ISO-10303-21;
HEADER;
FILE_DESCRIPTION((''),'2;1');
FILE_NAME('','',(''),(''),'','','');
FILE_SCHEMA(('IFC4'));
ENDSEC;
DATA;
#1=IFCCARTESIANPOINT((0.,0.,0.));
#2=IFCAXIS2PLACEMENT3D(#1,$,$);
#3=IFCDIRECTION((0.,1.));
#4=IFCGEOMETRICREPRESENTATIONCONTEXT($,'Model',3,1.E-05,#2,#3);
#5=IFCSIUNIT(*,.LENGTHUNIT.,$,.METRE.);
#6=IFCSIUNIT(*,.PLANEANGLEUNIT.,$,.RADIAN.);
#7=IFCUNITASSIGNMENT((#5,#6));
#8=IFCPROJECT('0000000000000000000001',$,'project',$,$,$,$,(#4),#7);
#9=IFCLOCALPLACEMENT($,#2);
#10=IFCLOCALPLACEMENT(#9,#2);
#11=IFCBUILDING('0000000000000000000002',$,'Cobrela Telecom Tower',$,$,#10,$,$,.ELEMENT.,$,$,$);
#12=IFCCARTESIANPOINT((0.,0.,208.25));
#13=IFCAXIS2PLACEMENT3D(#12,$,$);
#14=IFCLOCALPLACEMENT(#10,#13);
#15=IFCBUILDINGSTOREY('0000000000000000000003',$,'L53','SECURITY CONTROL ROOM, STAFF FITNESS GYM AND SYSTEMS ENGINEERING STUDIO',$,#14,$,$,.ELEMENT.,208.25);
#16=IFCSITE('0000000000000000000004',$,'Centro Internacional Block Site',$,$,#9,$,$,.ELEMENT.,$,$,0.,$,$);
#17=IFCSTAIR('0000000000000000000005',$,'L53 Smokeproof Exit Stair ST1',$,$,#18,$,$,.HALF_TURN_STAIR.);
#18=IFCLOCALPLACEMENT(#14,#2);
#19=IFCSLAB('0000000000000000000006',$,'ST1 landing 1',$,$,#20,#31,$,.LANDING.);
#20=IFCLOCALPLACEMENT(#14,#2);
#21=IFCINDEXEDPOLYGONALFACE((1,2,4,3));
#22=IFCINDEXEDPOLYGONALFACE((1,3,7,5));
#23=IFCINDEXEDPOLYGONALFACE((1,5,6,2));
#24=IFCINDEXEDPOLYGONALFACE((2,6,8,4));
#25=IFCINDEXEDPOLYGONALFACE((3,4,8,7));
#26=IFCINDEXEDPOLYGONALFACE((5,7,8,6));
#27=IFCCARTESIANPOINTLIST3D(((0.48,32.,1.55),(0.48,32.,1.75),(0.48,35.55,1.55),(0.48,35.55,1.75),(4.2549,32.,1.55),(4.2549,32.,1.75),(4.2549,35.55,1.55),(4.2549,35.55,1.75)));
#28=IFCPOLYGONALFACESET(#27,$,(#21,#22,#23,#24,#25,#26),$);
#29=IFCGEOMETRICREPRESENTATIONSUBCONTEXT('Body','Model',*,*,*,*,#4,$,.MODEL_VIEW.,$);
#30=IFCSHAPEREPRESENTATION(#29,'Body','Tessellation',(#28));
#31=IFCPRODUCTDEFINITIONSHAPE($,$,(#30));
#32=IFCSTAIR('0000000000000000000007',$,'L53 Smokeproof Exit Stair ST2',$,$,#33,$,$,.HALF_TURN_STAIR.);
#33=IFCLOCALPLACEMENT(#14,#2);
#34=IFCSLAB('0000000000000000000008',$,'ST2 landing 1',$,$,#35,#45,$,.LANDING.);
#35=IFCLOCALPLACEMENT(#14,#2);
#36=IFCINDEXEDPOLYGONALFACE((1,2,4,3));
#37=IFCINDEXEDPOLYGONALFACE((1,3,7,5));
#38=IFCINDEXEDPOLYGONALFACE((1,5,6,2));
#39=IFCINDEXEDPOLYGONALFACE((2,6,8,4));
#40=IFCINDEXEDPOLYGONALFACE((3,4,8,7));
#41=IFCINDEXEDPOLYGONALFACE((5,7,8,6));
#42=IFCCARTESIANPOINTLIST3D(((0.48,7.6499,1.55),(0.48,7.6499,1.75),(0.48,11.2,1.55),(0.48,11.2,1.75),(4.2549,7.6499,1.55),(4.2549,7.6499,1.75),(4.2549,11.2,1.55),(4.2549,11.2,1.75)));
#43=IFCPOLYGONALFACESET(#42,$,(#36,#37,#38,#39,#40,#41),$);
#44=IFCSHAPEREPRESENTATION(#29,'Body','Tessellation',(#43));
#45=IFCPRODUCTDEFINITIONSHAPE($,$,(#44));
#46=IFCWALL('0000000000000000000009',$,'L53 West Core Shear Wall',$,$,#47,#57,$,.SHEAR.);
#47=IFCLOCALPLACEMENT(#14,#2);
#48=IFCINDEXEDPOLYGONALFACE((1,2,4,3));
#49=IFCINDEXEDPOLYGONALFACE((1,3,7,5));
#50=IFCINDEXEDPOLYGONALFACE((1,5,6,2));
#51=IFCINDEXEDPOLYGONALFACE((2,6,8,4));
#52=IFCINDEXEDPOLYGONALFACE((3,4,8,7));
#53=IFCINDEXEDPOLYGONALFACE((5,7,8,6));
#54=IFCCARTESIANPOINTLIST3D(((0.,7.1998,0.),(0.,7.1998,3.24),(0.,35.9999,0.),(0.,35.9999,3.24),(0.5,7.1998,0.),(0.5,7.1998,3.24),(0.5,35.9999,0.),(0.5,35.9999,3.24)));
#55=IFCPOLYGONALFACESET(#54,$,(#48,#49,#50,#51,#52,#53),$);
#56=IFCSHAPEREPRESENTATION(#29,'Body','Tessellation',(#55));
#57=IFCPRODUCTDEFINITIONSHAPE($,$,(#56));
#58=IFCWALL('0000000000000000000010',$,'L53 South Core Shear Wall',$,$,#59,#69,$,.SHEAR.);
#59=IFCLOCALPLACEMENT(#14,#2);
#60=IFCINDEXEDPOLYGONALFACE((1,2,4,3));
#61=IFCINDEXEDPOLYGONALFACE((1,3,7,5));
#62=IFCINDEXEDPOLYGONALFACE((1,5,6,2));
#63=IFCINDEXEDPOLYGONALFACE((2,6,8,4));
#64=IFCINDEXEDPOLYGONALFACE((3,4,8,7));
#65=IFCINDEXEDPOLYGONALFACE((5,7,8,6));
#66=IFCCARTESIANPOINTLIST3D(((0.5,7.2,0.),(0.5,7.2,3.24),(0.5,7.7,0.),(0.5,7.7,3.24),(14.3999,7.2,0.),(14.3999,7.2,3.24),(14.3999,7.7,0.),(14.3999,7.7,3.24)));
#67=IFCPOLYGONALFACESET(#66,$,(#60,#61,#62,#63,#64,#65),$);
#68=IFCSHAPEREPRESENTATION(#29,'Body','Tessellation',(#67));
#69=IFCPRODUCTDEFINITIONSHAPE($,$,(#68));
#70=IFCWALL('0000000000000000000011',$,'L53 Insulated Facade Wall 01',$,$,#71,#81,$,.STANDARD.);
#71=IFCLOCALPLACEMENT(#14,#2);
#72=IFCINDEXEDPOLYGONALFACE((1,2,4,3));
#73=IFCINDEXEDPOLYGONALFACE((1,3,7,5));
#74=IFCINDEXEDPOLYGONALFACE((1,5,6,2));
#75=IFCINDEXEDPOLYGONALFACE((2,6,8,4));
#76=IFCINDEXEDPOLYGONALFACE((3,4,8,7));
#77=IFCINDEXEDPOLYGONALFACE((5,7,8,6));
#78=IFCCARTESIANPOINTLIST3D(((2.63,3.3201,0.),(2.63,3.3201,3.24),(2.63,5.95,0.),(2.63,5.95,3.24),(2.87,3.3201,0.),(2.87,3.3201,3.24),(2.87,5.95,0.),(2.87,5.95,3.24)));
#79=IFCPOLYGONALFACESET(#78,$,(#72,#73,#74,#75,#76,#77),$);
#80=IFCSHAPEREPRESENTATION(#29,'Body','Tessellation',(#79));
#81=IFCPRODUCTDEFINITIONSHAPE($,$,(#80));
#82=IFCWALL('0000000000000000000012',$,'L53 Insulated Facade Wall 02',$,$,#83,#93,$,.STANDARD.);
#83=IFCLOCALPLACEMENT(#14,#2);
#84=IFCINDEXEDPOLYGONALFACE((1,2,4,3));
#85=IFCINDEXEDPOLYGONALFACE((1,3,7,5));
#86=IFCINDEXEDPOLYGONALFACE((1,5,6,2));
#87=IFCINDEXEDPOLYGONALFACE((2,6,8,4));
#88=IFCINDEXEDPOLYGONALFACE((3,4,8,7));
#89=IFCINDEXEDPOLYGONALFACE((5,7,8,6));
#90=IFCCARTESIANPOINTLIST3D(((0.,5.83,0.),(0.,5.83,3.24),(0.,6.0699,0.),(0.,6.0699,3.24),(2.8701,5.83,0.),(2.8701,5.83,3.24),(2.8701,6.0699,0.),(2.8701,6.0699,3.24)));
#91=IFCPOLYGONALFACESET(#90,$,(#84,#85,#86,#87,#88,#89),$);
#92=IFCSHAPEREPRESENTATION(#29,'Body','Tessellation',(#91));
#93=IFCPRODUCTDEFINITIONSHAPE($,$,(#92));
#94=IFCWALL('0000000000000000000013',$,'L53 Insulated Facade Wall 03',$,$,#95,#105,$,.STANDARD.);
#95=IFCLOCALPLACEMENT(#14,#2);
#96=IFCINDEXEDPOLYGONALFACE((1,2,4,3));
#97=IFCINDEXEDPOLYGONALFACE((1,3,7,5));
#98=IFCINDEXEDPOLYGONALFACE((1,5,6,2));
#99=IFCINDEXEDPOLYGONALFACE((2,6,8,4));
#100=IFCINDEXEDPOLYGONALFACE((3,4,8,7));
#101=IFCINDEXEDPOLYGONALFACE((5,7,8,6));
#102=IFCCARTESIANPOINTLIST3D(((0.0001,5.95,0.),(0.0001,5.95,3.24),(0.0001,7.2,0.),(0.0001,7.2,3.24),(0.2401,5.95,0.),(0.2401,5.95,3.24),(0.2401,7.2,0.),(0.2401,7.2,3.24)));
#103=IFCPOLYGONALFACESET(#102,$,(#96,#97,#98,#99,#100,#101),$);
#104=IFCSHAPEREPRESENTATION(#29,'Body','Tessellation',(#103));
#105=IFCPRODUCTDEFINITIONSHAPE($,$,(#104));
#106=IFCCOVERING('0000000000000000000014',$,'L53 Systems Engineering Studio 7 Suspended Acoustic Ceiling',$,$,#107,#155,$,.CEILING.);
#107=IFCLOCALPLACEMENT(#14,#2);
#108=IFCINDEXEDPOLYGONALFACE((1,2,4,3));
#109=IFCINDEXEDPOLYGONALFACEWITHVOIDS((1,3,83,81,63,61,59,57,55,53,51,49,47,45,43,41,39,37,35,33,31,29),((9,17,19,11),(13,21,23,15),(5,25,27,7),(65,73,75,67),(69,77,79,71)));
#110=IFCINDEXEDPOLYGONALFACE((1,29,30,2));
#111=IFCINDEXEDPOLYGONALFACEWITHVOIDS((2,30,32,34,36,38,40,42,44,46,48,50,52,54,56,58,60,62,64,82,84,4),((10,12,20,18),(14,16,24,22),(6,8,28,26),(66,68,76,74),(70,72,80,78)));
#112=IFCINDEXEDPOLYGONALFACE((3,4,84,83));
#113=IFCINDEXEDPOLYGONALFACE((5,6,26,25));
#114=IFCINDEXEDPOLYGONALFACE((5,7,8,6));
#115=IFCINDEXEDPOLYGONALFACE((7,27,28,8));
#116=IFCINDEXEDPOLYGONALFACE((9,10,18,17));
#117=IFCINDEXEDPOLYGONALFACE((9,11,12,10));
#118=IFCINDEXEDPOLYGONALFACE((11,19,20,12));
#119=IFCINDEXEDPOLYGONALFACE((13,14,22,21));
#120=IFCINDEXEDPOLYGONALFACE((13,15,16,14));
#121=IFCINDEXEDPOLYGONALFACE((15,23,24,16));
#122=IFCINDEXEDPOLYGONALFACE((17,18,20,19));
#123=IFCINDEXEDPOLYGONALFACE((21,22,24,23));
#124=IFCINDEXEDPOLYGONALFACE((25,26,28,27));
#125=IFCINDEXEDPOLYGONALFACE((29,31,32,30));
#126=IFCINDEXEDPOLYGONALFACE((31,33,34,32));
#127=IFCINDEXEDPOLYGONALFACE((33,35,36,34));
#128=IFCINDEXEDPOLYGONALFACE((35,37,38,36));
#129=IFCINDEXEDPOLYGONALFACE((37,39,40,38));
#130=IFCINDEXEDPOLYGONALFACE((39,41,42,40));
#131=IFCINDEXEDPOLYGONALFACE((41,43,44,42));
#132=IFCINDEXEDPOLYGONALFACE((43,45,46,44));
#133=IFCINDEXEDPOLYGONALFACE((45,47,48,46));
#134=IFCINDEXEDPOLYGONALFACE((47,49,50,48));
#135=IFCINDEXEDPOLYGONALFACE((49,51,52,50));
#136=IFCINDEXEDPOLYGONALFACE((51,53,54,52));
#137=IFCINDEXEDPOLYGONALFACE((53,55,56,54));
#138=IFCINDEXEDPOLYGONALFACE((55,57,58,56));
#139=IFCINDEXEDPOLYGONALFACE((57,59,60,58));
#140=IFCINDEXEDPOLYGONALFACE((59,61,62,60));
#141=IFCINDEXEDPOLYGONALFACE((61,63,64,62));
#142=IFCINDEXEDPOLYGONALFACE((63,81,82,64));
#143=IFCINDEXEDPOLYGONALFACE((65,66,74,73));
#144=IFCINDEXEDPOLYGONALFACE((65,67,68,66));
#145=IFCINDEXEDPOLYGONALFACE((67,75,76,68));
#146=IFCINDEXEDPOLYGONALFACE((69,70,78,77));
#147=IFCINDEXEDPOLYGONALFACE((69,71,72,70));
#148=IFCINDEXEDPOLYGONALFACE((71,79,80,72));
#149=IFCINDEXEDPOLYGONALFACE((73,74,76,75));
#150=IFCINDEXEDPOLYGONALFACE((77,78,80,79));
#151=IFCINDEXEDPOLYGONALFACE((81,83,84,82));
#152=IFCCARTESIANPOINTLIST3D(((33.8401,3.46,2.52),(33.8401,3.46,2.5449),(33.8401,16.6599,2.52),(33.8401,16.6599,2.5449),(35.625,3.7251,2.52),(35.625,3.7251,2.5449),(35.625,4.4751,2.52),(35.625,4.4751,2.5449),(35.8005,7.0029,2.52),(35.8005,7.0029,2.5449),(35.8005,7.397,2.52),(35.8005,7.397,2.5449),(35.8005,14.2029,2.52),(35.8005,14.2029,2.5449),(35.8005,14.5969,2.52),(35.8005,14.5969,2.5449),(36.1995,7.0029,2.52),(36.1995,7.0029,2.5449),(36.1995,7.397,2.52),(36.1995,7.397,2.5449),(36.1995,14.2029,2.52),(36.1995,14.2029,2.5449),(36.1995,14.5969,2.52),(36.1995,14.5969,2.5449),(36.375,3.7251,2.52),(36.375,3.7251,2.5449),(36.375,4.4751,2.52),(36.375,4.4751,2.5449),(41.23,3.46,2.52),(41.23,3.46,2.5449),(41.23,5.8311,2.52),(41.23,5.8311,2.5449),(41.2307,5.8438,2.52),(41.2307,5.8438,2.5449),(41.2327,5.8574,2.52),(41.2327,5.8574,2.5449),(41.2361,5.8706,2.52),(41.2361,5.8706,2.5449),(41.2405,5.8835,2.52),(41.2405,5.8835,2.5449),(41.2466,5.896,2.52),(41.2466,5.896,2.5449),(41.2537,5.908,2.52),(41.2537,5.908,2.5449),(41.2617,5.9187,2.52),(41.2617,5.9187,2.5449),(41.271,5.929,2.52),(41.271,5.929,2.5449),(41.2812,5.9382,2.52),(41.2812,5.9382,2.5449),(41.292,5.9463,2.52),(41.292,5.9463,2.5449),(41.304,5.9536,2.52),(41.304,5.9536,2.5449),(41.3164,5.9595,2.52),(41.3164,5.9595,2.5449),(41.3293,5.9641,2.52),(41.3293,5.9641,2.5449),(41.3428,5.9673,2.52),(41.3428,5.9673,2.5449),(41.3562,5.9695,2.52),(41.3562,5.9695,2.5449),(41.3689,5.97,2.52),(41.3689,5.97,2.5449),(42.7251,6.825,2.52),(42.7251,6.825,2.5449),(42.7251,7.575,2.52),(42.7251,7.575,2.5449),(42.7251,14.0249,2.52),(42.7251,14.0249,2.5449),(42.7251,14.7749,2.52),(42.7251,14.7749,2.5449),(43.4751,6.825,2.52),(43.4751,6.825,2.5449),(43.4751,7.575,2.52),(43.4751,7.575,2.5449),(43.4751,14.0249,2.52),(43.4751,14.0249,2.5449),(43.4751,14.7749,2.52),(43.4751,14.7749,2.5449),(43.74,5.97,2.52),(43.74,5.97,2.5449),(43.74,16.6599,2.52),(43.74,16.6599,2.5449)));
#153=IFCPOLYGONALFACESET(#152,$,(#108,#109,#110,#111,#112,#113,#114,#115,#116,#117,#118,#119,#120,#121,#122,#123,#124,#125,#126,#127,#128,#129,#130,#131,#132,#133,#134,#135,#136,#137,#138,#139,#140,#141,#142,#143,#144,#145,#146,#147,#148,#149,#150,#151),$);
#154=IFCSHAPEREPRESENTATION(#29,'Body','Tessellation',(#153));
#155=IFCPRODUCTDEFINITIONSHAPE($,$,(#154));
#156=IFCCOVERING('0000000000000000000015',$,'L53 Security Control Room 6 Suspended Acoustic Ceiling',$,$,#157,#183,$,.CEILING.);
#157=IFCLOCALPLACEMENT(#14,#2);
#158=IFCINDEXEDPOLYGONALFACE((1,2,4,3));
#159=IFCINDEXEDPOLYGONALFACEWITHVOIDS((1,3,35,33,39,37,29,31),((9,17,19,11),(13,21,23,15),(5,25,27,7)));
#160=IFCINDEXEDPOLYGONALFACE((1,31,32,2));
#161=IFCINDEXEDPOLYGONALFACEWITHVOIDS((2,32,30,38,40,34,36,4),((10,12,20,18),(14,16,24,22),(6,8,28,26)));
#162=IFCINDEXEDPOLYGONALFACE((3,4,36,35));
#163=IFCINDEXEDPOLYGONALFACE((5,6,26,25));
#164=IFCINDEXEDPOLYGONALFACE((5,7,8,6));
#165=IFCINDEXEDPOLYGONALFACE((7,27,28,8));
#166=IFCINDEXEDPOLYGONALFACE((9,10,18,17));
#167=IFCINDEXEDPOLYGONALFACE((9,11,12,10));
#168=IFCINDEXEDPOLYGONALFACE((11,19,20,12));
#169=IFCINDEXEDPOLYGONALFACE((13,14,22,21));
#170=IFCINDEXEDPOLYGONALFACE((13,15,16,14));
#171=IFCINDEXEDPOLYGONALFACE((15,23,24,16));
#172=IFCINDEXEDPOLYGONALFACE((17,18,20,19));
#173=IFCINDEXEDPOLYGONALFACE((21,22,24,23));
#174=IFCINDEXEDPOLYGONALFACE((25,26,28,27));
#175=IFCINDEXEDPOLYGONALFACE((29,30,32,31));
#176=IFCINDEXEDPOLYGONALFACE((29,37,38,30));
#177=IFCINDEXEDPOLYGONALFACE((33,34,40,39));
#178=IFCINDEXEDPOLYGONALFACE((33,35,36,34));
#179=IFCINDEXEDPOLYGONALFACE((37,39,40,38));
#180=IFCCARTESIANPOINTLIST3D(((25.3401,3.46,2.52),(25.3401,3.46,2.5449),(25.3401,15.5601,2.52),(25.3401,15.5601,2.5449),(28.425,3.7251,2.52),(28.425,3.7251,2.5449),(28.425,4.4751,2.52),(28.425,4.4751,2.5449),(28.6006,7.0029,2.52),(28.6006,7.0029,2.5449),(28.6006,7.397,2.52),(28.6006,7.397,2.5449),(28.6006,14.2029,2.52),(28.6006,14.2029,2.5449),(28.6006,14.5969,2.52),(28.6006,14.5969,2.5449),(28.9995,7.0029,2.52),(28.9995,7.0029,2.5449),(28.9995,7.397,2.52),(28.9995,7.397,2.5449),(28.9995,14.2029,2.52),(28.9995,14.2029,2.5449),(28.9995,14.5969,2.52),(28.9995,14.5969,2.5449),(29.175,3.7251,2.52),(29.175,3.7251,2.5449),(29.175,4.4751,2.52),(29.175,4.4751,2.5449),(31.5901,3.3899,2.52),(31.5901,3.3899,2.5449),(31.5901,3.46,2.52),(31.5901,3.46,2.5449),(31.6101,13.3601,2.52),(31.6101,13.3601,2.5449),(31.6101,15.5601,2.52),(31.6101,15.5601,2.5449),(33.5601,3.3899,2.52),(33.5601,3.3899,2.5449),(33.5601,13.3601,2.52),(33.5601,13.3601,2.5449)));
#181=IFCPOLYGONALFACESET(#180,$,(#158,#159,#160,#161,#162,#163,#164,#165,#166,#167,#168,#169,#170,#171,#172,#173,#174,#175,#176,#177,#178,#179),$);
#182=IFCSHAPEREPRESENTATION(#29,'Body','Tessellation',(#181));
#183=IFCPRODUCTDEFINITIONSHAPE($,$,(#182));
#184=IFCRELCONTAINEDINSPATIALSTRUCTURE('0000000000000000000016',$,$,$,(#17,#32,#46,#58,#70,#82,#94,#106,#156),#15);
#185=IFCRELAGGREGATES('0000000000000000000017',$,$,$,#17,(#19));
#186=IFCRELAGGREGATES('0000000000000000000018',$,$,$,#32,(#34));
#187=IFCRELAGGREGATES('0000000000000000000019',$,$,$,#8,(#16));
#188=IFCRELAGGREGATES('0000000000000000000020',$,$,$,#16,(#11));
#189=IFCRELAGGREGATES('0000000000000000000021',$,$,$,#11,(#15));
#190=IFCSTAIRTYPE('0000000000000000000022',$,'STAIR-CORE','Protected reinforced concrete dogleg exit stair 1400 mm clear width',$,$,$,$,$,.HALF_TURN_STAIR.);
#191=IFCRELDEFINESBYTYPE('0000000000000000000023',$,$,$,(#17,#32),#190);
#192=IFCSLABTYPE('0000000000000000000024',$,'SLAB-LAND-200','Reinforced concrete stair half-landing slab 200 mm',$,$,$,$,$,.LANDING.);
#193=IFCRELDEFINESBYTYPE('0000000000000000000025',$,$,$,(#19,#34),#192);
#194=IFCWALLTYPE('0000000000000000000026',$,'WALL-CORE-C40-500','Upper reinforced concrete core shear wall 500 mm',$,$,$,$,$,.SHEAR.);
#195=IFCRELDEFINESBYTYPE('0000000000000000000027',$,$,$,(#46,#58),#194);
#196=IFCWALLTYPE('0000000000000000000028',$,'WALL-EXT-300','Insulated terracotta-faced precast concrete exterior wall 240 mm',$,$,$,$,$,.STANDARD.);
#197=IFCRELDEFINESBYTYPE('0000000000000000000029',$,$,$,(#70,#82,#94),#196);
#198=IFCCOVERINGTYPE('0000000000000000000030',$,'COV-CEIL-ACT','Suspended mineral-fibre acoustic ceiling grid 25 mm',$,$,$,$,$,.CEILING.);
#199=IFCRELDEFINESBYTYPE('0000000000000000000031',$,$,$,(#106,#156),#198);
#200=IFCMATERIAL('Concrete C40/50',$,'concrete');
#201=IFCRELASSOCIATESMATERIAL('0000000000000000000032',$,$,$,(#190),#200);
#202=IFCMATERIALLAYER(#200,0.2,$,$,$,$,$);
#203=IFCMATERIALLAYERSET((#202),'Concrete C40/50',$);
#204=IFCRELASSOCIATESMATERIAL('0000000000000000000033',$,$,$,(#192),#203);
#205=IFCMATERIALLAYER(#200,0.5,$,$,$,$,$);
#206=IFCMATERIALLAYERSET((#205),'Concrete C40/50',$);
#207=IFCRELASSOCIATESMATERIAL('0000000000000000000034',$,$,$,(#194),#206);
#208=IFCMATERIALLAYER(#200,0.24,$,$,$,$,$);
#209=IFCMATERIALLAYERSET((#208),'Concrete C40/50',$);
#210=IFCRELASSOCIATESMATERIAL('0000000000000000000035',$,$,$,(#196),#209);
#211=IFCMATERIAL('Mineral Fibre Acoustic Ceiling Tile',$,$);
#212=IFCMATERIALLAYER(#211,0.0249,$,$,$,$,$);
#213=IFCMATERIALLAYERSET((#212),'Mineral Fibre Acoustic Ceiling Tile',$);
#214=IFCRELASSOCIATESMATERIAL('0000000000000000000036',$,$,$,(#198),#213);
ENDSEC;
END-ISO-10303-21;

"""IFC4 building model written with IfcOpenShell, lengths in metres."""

from ifc_helpers import new_model, si_unit, direction, frame, frame_2d, origin, place, context, subcontext, project, spatial, polyline, rectangle, outline, extrude, material, layer, layer_set, type_object, element, aggregate, save


model = new_model("IFC4")

# Units and contexts
model_context = context("Model", 3, precision=1e-05, world=origin(), true_north=direction((0.0, 1.0)))
body_context = subcontext(model_context, "Body", "Model", "MODEL_VIEW")
ifc_project = project(units=[si_unit("LENGTHUNIT", "METRE"), si_unit("PLANEANGLEUNIT", "RADIAN")], contexts=[model_context])

# Site, building, storey
site_placement = place(None, origin())
site = spatial("IfcSite", under=ifc_project, at=site_placement, Name="Centro Internacional Block Site", CompositionType="ELEMENT", RefElevation=0.0)
building_placement = place(site_placement, origin())
building = spatial("IfcBuilding", under=site, at=building_placement, Name="Cobrela Telecom Tower", CompositionType="ELEMENT")
storey_placement = place(building_placement, frame((0.0, 0.0, 208.25)))
storey = spatial("IfcBuildingStorey", under=building, at=storey_placement, Name="L53", Description="SECURITY CONTROL ROOM, STAFF FITNESS GYM AND SYSTEMS ENGINEERING STUDIO", CompositionType="ELEMENT", Elevation=208.25)

# Shared definitions
ifc_material_1 = material(Name="Concrete C40/50", Category="concrete")

# Stairs, slabs
stair_type = type_object("IfcStairType", Name="STAIR-CORE", Description="Protected reinforced concrete dogleg exit stair 1400 mm clear width", PredefinedType="HALF_TURN_STAIR", material=ifc_material_1)
stair_1_placement = place(storey_placement, origin())
stair_1 = element("IfcStair", 1, at=stair_1_placement, inside=storey, type_object=stair_type, Name="L53 Smokeproof Exit Stair ST1", PredefinedType="HALF_TURN_STAIR")
ifc_layer_1 = layer(ifc_material_1, 0.2)
ifc_layer_set_1 = layer_set([ifc_layer_1], Name="Concrete C40/50")
slab_type_1 = type_object("IfcSlabType", Name="SLAB-LAND-200", Description="Reinforced concrete stair half-landing slab 200 mm", PredefinedType="LANDING", material=ifc_layer_set_1)
slab_1_placement = place(storey_placement, frame((0.0, 0.0, 1.55)))
slab_1 = element("IfcSlab", 2, at=slab_1_placement, type_object=slab_type_1, Name="ST1 landing 1", PredefinedType="LANDING", context=body_context, shape_type="SweptSolid", body=[
    extrude(outline(polyline([(4.2549, 35.55), (0.48, 35.55), (0.48, 32.0), (4.2549, 32.0), (4.2549, 35.55)])), origin(), (0.0, 0.0, 1.0), 0.2),
])
aggregate(stair_1, [slab_1])
stair_2_placement = place(storey_placement, origin())
stair_2 = element("IfcStair", 3, at=stair_2_placement, inside=storey, type_object=stair_type, Name="L53 Smokeproof Exit Stair ST2", PredefinedType="HALF_TURN_STAIR")
slab_2_placement = place(storey_placement, frame((0.0, 0.0, 1.55)))
slab_2 = element("IfcSlab", 4, at=slab_2_placement, type_object=slab_type_1, Name="ST2 landing 1", PredefinedType="LANDING", context=body_context, shape_type="SweptSolid", body=[
    extrude(outline(polyline([(4.2549, 11.2), (0.48, 11.2), (0.48, 7.6499), (4.2549, 7.6499), (4.2549, 11.2)])), origin(), (0.0, 0.0, 1.0), 0.2),
])
aggregate(stair_2, [slab_2])

# Walls
ifc_layer_2 = layer(ifc_material_1, 0.5)
ifc_layer_set_2 = layer_set([ifc_layer_2], Name="Concrete C40/50")
wall_type_1 = type_object("IfcWallType", Name="WALL-CORE-C40-500", Description="Upper reinforced concrete core shear wall 500 mm", PredefinedType="SHEAR", material=ifc_layer_set_2)
wall_1_placement = place(storey_placement, frame((0.25, 7.2, 0.0), z_axis=(0.0, 0.0, 1.0), x_axis=(0.0, 1.0, 0.0)))
element("IfcWall", 5, at=wall_1_placement, inside=storey, type_object=wall_type_1, Name="L53 West Core Shear Wall", PredefinedType="SHEAR", context=body_context, shape_type="SweptSolid", body=[
    extrude(rectangle(XDim=28.8, YDim=0.5, at=frame_2d((14.3999, 0.0))), origin(), (0.0, 0.0, 1.0), 3.24),
])
wall_2_placement = place(storey_placement, frame((0.5, 7.45, 0.0), z_axis=(0.0, 0.0, 1.0), x_axis=(1.0, 0.0, 0.0)))
element("IfcWall", 6, at=wall_2_placement, inside=storey, type_object=wall_type_1, Name="L53 South Core Shear Wall", PredefinedType="SHEAR", context=body_context, shape_type="SweptSolid", body=[
    extrude(rectangle(XDim=13.8999, YDim=0.5, at=frame_2d((6.95, 0.0))), origin(), (0.0, 0.0, 1.0), 3.24),
])
ifc_layer_3 = layer(ifc_material_1, 0.24)
ifc_layer_set_3 = layer_set([ifc_layer_3], Name="Concrete C40/50")
wall_type_2 = type_object("IfcWallType", Name="WALL-EXT-300", Description="Insulated terracotta-faced precast concrete exterior wall 240 mm", PredefinedType="STANDARD", material=ifc_layer_set_3)
wall_3_placement = place(storey_placement, frame((2.75, 3.3201, 0.0), z_axis=(0.0, 0.0, 1.0), x_axis=(0.0, 1.0, 0.0)))
element("IfcWall", 7, at=wall_3_placement, inside=storey, type_object=wall_type_2, Name="L53 Insulated Facade Wall 01", PredefinedType="STANDARD", context=body_context, shape_type="SweptSolid", body=[
    extrude(rectangle(XDim=2.6299, YDim=0.24, at=frame_2d((1.3149, 0.0))), origin(), (0.0, 0.0, 1.0), 3.24),
])
wall_4_placement = place(storey_placement, frame((2.8701, 5.95, 0.0), z_axis=(0.0, 0.0, 1.0), x_axis=(-1.0, 0.0, 0.0)))
element("IfcWall", 8, at=wall_4_placement, inside=storey, type_object=wall_type_2, Name="L53 Insulated Facade Wall 02", PredefinedType="STANDARD", context=body_context, shape_type="SweptSolid", body=[
    extrude(rectangle(XDim=2.8701, YDim=0.24, at=frame_2d((1.4351, 0.0))), origin(), (0.0, 0.0, 1.0), 3.24),
])
wall_5_placement = place(storey_placement, frame((0.1201, 5.95, 0.0), z_axis=(0.0, 0.0, 1.0), x_axis=(0.0, 1.0, 0.0)))
element("IfcWall", 9, at=wall_5_placement, inside=storey, type_object=wall_type_2, Name="L53 Insulated Facade Wall 03", PredefinedType="STANDARD", context=body_context, shape_type="SweptSolid", body=[
    extrude(rectangle(XDim=1.25, YDim=0.24, at=frame_2d((0.625, 0.0))), origin(), (0.0, 0.0, 1.0), 3.24),
])

# Coverings
ifc_material_2 = material(Name="Mineral Fibre Acoustic Ceiling Tile")
ifc_layer_4 = layer(ifc_material_2, 0.0249)
ifc_layer_set_4 = layer_set([ifc_layer_4], Name="Mineral Fibre Acoustic Ceiling Tile")
covering_type_1 = type_object("IfcCoveringType", Name="COV-CEIL-ACT", Description="Suspended mineral-fibre acoustic ceiling grid 25 mm", PredefinedType="CEILING", material=ifc_layer_set_4)
covering_1_placement = place(storey_placement, frame((0.0, 0.0, 2.52)))
element("IfcCovering", 10, at=covering_1_placement, inside=storey, type_object=covering_type_1, Name="L53 Systems Engineering Studio 7 Suspended Acoustic Ceiling", PredefinedType="CEILING", context=body_context, shape_type="SweptSolid", body=[
    extrude(outline(polyline([(43.74, 5.97), (41.3689, 5.97), (41.3562, 5.9695), (41.3428, 5.9673), (41.3293, 5.9641), (41.3164, 5.9595), (41.304, 5.9536), (41.292, 5.9463), (41.2812, 5.9382), (41.271, 5.929), (41.2617, 5.9187), (41.2537, 5.908), (41.2466, 5.896), (41.2405, 5.8835), (41.2361, 5.8706), (41.2327, 5.8574), (41.2307, 5.8438), (41.23, 5.8311), (41.23, 3.46), (33.8401, 3.46), (33.8401, 16.6599), (43.74, 16.6599), (43.74, 5.97)]), holes=[polyline([(36.375, 4.4751), (35.625, 4.4751), (35.625, 3.7251), (36.375, 3.7251), (36.375, 4.4751)]), polyline([(36.1995, 7.0029), (36.1995, 7.397), (35.8005, 7.397), (35.8005, 7.0029), (36.1995, 7.0029)]), polyline([(43.4751, 6.825), (43.4751, 7.575), (42.7251, 7.575), (42.7251, 6.825), (43.4751, 6.825)]), polyline([(36.1995, 14.2029), (36.1995, 14.5969), (35.8005, 14.5969), (35.8005, 14.2029), (36.1995, 14.2029)]), polyline([(43.4751, 14.0249), (43.4751, 14.7749), (42.7251, 14.7749), (42.7251, 14.0249), (43.4751, 14.0249)])]), origin(), (0.0, 0.0, 1.0), 0.0249),
])
covering_2_placement = place(storey_placement, frame((0.0, 0.0, 2.52)))
element("IfcCovering", 11, at=covering_2_placement, inside=storey, type_object=covering_type_1, Name="L53 Security Control Room 6 Suspended Acoustic Ceiling", PredefinedType="CEILING", context=body_context, shape_type="SweptSolid", body=[
    extrude(outline(polyline([(25.3401, 3.46), (25.3401, 15.5601), (31.6101, 15.5601), (31.6101, 13.3601), (33.5601, 13.3601), (33.5601, 3.3899), (31.5901, 3.3899), (31.5901, 3.46), (25.3401, 3.46)]), holes=[polyline([(29.175, 3.7251), (29.175, 4.4751), (28.425, 4.4751), (28.425, 3.7251), (29.175, 3.7251)]), polyline([(28.9995, 7.397), (28.6006, 7.397), (28.6006, 7.0029), (28.9995, 7.0029), (28.9995, 7.397)]), polyline([(28.9995, 14.5969), (28.6006, 14.5969), (28.6006, 14.2029), (28.9995, 14.2029), (28.9995, 14.5969)])]), origin(), (0.0, 0.0, 1.0), 0.0249),
])

save(model, "model.ifc")
